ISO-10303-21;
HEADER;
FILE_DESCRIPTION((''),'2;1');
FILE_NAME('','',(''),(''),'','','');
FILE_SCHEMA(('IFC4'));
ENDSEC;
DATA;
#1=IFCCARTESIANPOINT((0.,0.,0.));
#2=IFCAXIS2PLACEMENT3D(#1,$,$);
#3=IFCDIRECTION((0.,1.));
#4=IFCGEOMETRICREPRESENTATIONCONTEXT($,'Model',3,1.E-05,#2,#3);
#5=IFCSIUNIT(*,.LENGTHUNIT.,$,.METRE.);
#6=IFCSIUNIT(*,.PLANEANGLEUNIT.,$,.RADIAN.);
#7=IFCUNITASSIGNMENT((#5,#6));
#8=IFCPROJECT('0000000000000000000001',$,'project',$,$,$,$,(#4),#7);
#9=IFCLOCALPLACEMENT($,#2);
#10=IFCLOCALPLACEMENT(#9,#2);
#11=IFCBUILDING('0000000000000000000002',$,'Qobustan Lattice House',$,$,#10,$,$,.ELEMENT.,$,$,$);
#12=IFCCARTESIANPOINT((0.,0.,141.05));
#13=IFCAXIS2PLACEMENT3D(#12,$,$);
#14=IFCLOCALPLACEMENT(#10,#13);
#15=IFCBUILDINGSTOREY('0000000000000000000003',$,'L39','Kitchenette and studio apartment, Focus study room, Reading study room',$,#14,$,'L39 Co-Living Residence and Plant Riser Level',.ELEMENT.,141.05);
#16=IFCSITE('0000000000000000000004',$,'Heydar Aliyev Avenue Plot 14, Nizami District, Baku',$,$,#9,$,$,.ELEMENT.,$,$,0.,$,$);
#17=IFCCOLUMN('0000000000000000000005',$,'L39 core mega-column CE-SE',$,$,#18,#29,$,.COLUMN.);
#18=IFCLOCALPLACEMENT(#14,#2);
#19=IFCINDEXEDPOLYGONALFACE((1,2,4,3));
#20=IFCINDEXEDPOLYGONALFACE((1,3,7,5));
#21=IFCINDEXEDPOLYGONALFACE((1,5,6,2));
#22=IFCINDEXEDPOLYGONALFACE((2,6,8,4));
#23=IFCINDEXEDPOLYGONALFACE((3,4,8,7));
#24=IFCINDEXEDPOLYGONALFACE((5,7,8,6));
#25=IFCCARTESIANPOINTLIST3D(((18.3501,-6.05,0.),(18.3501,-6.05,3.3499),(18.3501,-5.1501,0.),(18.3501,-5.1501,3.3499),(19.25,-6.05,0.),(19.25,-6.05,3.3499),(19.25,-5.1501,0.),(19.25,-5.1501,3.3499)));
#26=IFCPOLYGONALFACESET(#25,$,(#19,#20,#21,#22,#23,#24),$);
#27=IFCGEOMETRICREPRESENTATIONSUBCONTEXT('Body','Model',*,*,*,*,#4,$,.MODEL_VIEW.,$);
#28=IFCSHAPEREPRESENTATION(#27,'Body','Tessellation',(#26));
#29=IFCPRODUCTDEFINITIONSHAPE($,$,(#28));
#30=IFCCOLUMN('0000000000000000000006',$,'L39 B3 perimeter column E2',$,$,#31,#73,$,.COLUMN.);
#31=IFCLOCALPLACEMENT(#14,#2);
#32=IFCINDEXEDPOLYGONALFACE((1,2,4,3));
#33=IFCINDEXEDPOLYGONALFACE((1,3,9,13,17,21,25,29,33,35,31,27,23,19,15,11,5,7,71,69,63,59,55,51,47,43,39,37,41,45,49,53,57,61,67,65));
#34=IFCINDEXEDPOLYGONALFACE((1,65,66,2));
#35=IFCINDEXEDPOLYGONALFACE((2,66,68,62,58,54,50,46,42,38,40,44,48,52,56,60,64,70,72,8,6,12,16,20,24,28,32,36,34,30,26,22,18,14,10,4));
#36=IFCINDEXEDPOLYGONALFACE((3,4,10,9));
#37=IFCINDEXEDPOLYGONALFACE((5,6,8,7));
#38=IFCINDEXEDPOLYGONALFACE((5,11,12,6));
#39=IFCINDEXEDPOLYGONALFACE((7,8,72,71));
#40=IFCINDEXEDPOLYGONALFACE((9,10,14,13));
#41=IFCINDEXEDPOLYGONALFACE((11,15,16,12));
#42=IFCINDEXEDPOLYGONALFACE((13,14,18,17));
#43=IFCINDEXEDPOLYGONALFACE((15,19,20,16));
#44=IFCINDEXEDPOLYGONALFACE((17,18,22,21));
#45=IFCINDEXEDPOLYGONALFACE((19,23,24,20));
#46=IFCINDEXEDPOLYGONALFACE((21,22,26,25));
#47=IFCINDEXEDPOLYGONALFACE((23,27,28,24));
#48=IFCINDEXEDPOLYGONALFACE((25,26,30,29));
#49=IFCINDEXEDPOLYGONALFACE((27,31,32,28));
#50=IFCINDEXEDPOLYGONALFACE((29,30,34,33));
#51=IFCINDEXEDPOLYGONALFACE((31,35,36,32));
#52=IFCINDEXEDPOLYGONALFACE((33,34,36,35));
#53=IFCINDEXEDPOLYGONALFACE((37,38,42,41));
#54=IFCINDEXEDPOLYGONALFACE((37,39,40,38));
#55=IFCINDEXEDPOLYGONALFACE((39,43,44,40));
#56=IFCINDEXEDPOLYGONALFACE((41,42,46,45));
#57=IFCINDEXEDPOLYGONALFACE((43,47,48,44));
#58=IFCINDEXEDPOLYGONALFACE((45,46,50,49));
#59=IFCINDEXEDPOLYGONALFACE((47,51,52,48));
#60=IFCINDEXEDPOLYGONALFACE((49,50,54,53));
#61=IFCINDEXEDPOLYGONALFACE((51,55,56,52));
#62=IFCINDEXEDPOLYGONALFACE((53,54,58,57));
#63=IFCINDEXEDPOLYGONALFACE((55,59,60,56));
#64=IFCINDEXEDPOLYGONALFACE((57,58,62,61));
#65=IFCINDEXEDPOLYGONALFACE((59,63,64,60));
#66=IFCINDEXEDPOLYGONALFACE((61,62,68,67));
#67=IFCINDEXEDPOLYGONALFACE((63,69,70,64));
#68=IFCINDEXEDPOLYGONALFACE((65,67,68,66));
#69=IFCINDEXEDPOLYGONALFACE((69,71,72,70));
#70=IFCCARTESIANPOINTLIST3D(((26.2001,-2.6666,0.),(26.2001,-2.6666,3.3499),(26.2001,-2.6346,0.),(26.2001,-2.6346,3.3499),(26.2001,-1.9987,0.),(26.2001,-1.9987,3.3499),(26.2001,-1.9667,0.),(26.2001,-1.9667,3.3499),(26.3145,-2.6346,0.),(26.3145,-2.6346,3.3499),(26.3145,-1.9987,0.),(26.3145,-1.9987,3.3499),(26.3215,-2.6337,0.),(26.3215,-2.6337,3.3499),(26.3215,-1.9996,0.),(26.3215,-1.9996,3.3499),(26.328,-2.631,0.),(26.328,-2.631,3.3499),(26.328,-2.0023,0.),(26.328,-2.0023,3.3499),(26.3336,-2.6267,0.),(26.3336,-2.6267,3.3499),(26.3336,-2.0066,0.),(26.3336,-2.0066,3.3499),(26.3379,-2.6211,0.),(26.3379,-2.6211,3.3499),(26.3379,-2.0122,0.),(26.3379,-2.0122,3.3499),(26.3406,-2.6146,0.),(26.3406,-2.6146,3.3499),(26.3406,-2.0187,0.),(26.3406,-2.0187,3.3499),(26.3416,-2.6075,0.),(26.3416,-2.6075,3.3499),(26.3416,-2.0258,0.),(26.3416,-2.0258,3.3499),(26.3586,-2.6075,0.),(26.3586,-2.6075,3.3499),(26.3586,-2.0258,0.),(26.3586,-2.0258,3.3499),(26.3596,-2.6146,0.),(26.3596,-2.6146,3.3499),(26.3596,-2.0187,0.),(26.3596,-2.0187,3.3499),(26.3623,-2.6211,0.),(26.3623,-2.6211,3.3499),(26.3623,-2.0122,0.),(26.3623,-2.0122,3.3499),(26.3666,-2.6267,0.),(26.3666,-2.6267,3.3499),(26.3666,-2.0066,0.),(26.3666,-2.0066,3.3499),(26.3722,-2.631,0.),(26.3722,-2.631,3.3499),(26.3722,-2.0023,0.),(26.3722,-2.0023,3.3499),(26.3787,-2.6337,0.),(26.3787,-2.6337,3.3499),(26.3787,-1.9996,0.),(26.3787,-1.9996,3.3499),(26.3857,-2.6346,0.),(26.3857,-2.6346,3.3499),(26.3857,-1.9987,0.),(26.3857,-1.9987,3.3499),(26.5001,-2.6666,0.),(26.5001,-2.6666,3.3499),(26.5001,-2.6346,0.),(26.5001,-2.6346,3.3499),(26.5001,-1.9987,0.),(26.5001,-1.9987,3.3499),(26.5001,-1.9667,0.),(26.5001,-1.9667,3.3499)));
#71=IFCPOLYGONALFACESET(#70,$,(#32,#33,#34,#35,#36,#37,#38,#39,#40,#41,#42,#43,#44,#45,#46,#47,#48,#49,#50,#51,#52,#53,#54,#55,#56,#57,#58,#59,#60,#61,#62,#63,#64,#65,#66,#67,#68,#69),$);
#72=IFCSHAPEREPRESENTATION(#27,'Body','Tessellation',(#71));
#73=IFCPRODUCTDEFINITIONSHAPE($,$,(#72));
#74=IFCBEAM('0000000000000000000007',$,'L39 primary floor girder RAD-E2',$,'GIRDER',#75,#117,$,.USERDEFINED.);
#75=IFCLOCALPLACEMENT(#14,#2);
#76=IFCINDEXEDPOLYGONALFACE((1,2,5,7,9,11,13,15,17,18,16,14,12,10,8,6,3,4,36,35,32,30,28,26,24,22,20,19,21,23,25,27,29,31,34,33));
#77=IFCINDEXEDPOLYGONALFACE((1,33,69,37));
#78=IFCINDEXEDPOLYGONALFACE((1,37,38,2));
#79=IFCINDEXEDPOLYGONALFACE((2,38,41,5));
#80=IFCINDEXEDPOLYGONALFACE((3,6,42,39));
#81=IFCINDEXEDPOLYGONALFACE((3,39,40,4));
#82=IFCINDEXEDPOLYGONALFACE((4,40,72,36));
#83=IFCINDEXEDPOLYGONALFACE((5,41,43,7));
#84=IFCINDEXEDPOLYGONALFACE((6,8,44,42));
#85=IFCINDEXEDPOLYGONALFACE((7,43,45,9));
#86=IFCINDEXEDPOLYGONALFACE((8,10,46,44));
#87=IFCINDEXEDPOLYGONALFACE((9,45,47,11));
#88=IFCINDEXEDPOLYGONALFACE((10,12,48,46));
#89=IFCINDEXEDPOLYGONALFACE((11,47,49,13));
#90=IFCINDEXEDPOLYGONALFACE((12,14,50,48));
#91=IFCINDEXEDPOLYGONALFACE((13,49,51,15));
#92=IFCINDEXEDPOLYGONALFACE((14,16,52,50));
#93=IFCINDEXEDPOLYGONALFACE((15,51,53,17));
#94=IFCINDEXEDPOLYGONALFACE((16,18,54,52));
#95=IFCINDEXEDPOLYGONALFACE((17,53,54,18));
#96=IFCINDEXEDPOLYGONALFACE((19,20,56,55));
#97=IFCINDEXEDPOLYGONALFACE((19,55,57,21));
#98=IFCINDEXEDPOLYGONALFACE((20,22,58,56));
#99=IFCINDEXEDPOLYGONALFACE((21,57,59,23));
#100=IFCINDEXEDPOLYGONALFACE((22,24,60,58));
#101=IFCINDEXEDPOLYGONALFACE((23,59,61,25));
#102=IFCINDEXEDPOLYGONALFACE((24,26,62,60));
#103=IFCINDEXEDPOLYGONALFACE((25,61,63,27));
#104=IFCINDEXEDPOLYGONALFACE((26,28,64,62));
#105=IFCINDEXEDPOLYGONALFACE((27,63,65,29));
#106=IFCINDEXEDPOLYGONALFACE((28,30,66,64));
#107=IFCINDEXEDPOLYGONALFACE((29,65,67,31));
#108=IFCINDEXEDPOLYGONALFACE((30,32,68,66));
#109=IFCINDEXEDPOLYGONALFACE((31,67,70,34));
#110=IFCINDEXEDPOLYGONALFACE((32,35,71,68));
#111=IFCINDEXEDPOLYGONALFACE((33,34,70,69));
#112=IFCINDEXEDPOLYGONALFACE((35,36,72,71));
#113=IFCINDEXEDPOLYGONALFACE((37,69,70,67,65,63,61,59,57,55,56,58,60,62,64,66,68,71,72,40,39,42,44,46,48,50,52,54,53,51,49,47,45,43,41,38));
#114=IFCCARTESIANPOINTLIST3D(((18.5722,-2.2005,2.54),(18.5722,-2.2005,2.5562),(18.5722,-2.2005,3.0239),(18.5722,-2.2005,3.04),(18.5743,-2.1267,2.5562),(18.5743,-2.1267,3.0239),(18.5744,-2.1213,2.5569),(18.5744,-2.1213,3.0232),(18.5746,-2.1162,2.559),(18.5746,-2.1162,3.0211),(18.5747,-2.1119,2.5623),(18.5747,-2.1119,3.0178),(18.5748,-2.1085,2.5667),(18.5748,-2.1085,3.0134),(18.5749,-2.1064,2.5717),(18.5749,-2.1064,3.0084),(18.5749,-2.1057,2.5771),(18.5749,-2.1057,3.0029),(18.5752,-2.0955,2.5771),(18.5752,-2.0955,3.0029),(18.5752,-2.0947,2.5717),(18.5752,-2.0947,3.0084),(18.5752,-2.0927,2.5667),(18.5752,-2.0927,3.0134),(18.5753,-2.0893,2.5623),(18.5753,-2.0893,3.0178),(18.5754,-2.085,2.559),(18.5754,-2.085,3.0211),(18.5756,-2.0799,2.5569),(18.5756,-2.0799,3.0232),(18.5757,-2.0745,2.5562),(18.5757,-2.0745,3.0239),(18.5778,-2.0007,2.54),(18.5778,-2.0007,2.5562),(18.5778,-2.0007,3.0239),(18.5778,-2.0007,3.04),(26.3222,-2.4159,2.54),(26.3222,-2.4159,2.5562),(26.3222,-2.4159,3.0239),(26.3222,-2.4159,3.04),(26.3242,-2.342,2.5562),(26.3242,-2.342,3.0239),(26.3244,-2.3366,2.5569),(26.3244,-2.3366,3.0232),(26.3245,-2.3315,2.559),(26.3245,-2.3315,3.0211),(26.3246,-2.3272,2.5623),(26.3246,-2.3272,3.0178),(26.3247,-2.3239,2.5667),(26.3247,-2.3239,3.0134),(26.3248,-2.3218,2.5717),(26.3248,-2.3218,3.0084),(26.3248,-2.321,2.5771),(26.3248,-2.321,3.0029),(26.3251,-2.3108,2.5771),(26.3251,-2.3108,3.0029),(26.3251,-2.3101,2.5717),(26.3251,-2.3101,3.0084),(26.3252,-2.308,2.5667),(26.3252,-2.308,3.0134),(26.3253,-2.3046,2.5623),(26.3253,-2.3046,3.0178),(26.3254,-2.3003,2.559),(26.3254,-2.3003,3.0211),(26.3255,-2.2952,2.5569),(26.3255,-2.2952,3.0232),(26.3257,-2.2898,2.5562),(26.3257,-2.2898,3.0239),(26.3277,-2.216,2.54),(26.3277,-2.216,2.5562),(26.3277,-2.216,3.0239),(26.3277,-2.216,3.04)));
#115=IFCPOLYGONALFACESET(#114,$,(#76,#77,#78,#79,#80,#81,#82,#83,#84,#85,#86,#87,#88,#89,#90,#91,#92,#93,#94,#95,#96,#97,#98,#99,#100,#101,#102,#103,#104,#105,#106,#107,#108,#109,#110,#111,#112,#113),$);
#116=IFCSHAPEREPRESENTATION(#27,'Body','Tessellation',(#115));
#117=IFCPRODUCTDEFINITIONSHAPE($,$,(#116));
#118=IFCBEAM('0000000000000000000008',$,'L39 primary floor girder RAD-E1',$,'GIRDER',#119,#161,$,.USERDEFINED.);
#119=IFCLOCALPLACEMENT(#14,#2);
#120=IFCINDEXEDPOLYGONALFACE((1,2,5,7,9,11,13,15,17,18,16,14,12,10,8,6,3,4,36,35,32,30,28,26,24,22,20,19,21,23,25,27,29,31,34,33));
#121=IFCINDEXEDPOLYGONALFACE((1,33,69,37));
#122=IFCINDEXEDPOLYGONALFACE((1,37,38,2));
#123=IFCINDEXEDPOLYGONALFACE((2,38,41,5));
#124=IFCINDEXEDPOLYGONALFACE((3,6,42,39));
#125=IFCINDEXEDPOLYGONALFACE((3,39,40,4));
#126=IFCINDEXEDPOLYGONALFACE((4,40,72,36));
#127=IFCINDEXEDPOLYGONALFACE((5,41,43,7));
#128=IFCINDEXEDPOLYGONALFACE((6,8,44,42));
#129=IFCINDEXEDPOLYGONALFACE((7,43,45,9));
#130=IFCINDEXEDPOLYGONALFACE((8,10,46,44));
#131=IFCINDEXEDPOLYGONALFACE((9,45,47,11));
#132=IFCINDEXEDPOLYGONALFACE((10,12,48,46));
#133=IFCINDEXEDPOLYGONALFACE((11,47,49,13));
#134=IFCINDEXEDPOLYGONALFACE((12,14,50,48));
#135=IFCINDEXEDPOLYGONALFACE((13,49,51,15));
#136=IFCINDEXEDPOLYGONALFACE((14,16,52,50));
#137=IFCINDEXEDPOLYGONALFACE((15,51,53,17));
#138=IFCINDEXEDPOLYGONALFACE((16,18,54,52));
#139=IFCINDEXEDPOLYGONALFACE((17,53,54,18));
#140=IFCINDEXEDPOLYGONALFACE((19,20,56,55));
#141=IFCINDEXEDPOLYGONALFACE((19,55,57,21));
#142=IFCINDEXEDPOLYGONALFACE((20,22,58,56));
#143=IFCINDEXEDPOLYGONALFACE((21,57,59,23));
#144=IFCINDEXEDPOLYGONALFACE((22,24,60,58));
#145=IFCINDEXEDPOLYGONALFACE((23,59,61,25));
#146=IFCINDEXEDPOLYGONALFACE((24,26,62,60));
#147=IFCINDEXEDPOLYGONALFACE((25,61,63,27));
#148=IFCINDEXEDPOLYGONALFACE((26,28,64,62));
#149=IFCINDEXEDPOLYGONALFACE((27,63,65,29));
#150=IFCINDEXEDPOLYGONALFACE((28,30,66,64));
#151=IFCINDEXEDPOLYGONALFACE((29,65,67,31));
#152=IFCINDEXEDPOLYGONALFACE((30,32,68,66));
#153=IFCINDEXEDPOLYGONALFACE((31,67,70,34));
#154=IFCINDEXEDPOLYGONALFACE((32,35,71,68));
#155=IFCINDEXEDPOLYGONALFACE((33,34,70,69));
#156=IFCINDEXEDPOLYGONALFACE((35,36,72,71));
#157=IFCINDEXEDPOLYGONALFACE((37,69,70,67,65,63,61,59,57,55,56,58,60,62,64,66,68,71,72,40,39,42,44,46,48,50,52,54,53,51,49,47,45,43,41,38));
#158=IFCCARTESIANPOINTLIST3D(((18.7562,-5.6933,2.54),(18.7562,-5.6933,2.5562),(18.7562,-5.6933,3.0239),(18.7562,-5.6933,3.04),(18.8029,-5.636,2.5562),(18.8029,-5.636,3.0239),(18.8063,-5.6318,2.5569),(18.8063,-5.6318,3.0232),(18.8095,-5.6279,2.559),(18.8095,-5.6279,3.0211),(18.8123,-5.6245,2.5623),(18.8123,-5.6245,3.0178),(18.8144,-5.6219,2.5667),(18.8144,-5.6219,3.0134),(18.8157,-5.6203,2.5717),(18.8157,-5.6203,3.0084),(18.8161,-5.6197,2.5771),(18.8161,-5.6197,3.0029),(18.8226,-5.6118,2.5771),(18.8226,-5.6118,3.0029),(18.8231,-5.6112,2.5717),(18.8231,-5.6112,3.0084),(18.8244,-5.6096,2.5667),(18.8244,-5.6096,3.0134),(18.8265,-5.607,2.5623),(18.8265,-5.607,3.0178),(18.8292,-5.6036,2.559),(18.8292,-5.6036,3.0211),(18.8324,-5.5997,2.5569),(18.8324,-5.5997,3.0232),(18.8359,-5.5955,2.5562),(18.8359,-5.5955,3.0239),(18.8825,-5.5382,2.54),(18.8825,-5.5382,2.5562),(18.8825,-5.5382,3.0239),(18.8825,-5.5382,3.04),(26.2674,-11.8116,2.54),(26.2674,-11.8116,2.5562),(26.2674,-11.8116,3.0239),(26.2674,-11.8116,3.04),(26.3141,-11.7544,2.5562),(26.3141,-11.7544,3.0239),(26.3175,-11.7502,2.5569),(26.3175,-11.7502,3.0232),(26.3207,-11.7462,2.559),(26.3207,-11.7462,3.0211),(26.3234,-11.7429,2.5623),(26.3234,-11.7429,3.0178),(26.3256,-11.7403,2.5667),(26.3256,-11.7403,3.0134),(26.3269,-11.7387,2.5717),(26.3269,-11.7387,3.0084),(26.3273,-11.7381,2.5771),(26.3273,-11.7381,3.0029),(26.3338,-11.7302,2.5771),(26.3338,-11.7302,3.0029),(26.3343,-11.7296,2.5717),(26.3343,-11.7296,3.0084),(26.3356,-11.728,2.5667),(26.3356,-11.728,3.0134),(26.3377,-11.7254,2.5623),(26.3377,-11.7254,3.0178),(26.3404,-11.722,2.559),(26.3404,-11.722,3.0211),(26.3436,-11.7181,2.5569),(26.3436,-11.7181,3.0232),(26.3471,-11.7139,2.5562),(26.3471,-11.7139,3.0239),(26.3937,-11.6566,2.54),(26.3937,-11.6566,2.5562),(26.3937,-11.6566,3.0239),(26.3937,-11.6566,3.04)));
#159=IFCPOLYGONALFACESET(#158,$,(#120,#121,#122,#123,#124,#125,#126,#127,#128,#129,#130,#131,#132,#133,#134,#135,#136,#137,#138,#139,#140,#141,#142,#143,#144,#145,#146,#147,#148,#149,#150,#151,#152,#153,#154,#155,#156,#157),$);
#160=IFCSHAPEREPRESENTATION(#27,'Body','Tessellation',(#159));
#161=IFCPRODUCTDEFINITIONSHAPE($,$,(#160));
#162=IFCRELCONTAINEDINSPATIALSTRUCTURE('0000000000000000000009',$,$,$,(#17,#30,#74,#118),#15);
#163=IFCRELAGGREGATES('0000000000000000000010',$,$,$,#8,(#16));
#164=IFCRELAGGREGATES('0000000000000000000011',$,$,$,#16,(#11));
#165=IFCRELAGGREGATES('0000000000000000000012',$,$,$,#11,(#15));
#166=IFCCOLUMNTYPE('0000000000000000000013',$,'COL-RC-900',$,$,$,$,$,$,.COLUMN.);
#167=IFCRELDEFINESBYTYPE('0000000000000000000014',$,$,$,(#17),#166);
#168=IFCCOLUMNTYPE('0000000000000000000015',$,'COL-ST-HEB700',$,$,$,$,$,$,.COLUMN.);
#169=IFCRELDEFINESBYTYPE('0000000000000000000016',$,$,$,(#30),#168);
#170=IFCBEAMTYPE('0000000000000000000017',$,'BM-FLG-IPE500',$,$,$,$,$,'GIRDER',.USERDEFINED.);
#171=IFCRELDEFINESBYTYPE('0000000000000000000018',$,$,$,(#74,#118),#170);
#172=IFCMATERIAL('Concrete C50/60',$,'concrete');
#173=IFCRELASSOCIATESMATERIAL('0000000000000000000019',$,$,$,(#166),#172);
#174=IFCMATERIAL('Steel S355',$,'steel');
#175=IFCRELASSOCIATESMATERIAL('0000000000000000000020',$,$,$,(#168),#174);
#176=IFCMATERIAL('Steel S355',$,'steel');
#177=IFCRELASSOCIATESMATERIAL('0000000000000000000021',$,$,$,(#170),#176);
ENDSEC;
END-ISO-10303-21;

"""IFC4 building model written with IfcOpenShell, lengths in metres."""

from ifc_helpers import new_model, si_unit, direction, frame, origin, origin_2d, place, context, subcontext, project, spatial, rectangle, i_section, extrude, material, material_profile, profile_set, type_object, element, save


model = new_model("IFC4")

# Units and contexts
model_context = context("Model", 3, precision=1e-05, world=origin(), true_north=direction((0.0, 1.0)))
body_context = subcontext(model_context, "Body", "Model", "MODEL_VIEW")
ifc_project = project(units=[si_unit("LENGTHUNIT", "METRE"), si_unit("PLANEANGLEUNIT", "RADIAN")], contexts=[model_context])

# Site, building, storey
site_placement = place(None, origin())
site = spatial("IfcSite", under=ifc_project, at=site_placement, Name="Heydar Aliyev Avenue Plot 14, Nizami District, Baku", CompositionType="ELEMENT", RefElevation=0.0)
building_placement = place(site_placement, origin())
building = spatial("IfcBuilding", under=site, at=building_placement, Name="Qobustan Lattice House", CompositionType="ELEMENT")
storey_placement = place(building_placement, frame((0.0, 0.0, 141.05)))
storey = spatial("IfcBuildingStorey", under=building, at=storey_placement, Name="L39", Description="Kitchenette and studio apartment, Focus study room, Reading study room", LongName="L39 Co-Living Residence and Plant Riser Level", CompositionType="ELEMENT", Elevation=141.05)

# Columns
ifc_material_1 = material(Name="Concrete C50/60", Category="concrete")
ifc_material_profile_1 = material_profile(ifc_material_1, rectangle(XDim=0.8999, YDim=0.8999, at=origin_2d()), Name="RC900x900")
ifc_profile_set_1 = profile_set([ifc_material_profile_1], Name="Concrete C50/60")
column_type_1 = type_object("IfcColumnType", Name="COL-RC-900", PredefinedType="COLUMN", material=ifc_profile_set_1)
column_1_placement = place(storey_placement, frame((18.8, -5.6001, 0.0), z_axis=(0.0, 0.0, 1.0), x_axis=(1.0, 0.0, 0.0)))
element("IfcColumn", 1, at=column_1_placement, inside=storey, type_object=column_type_1, Name="L39 core mega-column CE-SE", PredefinedType="COLUMN", context=body_context, shape_type="SweptSolid", body=[
    extrude(rectangle(XDim=0.8999, YDim=0.8999, at=origin_2d()), origin(), (0.0, 0.0, 1.0), 3.3499),
])
ifc_material_2 = material(Name="Steel S355", Category="steel")
ifc_material_profile_2 = material_profile(ifc_material_2, i_section(OverallWidth=0.3, OverallDepth=0.7, WebThickness=0.0171, FlangeThickness=0.032, FilletRadius=0.0271, at=origin_2d()), Name="HEB700")
ifc_profile_set_2 = profile_set([ifc_material_profile_2], Name="Steel S355")
column_type_2 = type_object("IfcColumnType", Name="COL-ST-HEB700", PredefinedType="COLUMN", material=ifc_profile_set_2)
column_2_placement = place(storey_placement, frame((26.3501, -2.3167, 0.0), z_axis=(0.0, 0.0, 1.0), x_axis=(1.0, 0.0, 0.0)))
element("IfcColumn", 2, at=column_2_placement, inside=storey, type_object=column_type_2, Name="L39 B3 perimeter column E2", PredefinedType="COLUMN", context=body_context, shape_type="SweptSolid", body=[
    extrude(i_section(OverallWidth=0.3, OverallDepth=0.7, WebThickness=0.0171, FlangeThickness=0.032, FilletRadius=0.0271, at=origin_2d()), origin(), (0.0, 0.0, 1.0), 3.3499),
])

# Beams
ifc_material_3 = material(Name="Steel S355", Category="steel")
ifc_material_profile_3 = material_profile(ifc_material_3, i_section(OverallWidth=0.2, OverallDepth=0.5, WebThickness=0.0103, FlangeThickness=0.0161, FilletRadius=0.021, at=origin_2d()), Name="IPE500")
ifc_profile_set_3 = profile_set([ifc_material_profile_3], Name="Steel S355")
beam_type_1 = type_object("IfcBeamType", Name="BM-FLG-IPE500", ElementType="GIRDER", PredefinedType="USERDEFINED", material=ifc_profile_set_3)
beam_1_placement = place(storey_placement, frame((26.325, -2.3159, 2.79), z_axis=(-0.999614, 0.027774, 0.0), x_axis=(-0.027774, -0.999614, 0.0)))
element("IfcBeam", 3, at=beam_1_placement, inside=storey, type_object=beam_type_1, Name="L39 primary floor girder RAD-E2", ObjectType="GIRDER", PredefinedType="USERDEFINED", context=body_context, shape_type="SweptSolid", body=[
    extrude(i_section(OverallWidth=0.2, OverallDepth=0.5, WebThickness=0.0103, FlangeThickness=0.0161, FilletRadius=0.021, at=origin_2d()), origin(), (0.0, 0.0, 1.0), 7.7529),
])
beam_2_placement = place(storey_placement, frame((26.3306, -11.7341, 2.79), z_axis=(-0.775329, 0.631558, 0.0), x_axis=(-0.631558, -0.775329, 0.0)))
element("IfcBeam", 4, at=beam_2_placement, inside=storey, type_object=beam_type_1, Name="L39 primary floor girder RAD-E1", ObjectType="GIRDER", PredefinedType="USERDEFINED", context=body_context, shape_type="SweptSolid", body=[
    extrude(i_section(OverallWidth=0.2, OverallDepth=0.5, WebThickness=0.0103, FlangeThickness=0.0161, FilletRadius=0.021, at=origin_2d()), origin(), (0.0, 0.0, 1.0), 9.6877),
])

save(model, "model.ifc")
